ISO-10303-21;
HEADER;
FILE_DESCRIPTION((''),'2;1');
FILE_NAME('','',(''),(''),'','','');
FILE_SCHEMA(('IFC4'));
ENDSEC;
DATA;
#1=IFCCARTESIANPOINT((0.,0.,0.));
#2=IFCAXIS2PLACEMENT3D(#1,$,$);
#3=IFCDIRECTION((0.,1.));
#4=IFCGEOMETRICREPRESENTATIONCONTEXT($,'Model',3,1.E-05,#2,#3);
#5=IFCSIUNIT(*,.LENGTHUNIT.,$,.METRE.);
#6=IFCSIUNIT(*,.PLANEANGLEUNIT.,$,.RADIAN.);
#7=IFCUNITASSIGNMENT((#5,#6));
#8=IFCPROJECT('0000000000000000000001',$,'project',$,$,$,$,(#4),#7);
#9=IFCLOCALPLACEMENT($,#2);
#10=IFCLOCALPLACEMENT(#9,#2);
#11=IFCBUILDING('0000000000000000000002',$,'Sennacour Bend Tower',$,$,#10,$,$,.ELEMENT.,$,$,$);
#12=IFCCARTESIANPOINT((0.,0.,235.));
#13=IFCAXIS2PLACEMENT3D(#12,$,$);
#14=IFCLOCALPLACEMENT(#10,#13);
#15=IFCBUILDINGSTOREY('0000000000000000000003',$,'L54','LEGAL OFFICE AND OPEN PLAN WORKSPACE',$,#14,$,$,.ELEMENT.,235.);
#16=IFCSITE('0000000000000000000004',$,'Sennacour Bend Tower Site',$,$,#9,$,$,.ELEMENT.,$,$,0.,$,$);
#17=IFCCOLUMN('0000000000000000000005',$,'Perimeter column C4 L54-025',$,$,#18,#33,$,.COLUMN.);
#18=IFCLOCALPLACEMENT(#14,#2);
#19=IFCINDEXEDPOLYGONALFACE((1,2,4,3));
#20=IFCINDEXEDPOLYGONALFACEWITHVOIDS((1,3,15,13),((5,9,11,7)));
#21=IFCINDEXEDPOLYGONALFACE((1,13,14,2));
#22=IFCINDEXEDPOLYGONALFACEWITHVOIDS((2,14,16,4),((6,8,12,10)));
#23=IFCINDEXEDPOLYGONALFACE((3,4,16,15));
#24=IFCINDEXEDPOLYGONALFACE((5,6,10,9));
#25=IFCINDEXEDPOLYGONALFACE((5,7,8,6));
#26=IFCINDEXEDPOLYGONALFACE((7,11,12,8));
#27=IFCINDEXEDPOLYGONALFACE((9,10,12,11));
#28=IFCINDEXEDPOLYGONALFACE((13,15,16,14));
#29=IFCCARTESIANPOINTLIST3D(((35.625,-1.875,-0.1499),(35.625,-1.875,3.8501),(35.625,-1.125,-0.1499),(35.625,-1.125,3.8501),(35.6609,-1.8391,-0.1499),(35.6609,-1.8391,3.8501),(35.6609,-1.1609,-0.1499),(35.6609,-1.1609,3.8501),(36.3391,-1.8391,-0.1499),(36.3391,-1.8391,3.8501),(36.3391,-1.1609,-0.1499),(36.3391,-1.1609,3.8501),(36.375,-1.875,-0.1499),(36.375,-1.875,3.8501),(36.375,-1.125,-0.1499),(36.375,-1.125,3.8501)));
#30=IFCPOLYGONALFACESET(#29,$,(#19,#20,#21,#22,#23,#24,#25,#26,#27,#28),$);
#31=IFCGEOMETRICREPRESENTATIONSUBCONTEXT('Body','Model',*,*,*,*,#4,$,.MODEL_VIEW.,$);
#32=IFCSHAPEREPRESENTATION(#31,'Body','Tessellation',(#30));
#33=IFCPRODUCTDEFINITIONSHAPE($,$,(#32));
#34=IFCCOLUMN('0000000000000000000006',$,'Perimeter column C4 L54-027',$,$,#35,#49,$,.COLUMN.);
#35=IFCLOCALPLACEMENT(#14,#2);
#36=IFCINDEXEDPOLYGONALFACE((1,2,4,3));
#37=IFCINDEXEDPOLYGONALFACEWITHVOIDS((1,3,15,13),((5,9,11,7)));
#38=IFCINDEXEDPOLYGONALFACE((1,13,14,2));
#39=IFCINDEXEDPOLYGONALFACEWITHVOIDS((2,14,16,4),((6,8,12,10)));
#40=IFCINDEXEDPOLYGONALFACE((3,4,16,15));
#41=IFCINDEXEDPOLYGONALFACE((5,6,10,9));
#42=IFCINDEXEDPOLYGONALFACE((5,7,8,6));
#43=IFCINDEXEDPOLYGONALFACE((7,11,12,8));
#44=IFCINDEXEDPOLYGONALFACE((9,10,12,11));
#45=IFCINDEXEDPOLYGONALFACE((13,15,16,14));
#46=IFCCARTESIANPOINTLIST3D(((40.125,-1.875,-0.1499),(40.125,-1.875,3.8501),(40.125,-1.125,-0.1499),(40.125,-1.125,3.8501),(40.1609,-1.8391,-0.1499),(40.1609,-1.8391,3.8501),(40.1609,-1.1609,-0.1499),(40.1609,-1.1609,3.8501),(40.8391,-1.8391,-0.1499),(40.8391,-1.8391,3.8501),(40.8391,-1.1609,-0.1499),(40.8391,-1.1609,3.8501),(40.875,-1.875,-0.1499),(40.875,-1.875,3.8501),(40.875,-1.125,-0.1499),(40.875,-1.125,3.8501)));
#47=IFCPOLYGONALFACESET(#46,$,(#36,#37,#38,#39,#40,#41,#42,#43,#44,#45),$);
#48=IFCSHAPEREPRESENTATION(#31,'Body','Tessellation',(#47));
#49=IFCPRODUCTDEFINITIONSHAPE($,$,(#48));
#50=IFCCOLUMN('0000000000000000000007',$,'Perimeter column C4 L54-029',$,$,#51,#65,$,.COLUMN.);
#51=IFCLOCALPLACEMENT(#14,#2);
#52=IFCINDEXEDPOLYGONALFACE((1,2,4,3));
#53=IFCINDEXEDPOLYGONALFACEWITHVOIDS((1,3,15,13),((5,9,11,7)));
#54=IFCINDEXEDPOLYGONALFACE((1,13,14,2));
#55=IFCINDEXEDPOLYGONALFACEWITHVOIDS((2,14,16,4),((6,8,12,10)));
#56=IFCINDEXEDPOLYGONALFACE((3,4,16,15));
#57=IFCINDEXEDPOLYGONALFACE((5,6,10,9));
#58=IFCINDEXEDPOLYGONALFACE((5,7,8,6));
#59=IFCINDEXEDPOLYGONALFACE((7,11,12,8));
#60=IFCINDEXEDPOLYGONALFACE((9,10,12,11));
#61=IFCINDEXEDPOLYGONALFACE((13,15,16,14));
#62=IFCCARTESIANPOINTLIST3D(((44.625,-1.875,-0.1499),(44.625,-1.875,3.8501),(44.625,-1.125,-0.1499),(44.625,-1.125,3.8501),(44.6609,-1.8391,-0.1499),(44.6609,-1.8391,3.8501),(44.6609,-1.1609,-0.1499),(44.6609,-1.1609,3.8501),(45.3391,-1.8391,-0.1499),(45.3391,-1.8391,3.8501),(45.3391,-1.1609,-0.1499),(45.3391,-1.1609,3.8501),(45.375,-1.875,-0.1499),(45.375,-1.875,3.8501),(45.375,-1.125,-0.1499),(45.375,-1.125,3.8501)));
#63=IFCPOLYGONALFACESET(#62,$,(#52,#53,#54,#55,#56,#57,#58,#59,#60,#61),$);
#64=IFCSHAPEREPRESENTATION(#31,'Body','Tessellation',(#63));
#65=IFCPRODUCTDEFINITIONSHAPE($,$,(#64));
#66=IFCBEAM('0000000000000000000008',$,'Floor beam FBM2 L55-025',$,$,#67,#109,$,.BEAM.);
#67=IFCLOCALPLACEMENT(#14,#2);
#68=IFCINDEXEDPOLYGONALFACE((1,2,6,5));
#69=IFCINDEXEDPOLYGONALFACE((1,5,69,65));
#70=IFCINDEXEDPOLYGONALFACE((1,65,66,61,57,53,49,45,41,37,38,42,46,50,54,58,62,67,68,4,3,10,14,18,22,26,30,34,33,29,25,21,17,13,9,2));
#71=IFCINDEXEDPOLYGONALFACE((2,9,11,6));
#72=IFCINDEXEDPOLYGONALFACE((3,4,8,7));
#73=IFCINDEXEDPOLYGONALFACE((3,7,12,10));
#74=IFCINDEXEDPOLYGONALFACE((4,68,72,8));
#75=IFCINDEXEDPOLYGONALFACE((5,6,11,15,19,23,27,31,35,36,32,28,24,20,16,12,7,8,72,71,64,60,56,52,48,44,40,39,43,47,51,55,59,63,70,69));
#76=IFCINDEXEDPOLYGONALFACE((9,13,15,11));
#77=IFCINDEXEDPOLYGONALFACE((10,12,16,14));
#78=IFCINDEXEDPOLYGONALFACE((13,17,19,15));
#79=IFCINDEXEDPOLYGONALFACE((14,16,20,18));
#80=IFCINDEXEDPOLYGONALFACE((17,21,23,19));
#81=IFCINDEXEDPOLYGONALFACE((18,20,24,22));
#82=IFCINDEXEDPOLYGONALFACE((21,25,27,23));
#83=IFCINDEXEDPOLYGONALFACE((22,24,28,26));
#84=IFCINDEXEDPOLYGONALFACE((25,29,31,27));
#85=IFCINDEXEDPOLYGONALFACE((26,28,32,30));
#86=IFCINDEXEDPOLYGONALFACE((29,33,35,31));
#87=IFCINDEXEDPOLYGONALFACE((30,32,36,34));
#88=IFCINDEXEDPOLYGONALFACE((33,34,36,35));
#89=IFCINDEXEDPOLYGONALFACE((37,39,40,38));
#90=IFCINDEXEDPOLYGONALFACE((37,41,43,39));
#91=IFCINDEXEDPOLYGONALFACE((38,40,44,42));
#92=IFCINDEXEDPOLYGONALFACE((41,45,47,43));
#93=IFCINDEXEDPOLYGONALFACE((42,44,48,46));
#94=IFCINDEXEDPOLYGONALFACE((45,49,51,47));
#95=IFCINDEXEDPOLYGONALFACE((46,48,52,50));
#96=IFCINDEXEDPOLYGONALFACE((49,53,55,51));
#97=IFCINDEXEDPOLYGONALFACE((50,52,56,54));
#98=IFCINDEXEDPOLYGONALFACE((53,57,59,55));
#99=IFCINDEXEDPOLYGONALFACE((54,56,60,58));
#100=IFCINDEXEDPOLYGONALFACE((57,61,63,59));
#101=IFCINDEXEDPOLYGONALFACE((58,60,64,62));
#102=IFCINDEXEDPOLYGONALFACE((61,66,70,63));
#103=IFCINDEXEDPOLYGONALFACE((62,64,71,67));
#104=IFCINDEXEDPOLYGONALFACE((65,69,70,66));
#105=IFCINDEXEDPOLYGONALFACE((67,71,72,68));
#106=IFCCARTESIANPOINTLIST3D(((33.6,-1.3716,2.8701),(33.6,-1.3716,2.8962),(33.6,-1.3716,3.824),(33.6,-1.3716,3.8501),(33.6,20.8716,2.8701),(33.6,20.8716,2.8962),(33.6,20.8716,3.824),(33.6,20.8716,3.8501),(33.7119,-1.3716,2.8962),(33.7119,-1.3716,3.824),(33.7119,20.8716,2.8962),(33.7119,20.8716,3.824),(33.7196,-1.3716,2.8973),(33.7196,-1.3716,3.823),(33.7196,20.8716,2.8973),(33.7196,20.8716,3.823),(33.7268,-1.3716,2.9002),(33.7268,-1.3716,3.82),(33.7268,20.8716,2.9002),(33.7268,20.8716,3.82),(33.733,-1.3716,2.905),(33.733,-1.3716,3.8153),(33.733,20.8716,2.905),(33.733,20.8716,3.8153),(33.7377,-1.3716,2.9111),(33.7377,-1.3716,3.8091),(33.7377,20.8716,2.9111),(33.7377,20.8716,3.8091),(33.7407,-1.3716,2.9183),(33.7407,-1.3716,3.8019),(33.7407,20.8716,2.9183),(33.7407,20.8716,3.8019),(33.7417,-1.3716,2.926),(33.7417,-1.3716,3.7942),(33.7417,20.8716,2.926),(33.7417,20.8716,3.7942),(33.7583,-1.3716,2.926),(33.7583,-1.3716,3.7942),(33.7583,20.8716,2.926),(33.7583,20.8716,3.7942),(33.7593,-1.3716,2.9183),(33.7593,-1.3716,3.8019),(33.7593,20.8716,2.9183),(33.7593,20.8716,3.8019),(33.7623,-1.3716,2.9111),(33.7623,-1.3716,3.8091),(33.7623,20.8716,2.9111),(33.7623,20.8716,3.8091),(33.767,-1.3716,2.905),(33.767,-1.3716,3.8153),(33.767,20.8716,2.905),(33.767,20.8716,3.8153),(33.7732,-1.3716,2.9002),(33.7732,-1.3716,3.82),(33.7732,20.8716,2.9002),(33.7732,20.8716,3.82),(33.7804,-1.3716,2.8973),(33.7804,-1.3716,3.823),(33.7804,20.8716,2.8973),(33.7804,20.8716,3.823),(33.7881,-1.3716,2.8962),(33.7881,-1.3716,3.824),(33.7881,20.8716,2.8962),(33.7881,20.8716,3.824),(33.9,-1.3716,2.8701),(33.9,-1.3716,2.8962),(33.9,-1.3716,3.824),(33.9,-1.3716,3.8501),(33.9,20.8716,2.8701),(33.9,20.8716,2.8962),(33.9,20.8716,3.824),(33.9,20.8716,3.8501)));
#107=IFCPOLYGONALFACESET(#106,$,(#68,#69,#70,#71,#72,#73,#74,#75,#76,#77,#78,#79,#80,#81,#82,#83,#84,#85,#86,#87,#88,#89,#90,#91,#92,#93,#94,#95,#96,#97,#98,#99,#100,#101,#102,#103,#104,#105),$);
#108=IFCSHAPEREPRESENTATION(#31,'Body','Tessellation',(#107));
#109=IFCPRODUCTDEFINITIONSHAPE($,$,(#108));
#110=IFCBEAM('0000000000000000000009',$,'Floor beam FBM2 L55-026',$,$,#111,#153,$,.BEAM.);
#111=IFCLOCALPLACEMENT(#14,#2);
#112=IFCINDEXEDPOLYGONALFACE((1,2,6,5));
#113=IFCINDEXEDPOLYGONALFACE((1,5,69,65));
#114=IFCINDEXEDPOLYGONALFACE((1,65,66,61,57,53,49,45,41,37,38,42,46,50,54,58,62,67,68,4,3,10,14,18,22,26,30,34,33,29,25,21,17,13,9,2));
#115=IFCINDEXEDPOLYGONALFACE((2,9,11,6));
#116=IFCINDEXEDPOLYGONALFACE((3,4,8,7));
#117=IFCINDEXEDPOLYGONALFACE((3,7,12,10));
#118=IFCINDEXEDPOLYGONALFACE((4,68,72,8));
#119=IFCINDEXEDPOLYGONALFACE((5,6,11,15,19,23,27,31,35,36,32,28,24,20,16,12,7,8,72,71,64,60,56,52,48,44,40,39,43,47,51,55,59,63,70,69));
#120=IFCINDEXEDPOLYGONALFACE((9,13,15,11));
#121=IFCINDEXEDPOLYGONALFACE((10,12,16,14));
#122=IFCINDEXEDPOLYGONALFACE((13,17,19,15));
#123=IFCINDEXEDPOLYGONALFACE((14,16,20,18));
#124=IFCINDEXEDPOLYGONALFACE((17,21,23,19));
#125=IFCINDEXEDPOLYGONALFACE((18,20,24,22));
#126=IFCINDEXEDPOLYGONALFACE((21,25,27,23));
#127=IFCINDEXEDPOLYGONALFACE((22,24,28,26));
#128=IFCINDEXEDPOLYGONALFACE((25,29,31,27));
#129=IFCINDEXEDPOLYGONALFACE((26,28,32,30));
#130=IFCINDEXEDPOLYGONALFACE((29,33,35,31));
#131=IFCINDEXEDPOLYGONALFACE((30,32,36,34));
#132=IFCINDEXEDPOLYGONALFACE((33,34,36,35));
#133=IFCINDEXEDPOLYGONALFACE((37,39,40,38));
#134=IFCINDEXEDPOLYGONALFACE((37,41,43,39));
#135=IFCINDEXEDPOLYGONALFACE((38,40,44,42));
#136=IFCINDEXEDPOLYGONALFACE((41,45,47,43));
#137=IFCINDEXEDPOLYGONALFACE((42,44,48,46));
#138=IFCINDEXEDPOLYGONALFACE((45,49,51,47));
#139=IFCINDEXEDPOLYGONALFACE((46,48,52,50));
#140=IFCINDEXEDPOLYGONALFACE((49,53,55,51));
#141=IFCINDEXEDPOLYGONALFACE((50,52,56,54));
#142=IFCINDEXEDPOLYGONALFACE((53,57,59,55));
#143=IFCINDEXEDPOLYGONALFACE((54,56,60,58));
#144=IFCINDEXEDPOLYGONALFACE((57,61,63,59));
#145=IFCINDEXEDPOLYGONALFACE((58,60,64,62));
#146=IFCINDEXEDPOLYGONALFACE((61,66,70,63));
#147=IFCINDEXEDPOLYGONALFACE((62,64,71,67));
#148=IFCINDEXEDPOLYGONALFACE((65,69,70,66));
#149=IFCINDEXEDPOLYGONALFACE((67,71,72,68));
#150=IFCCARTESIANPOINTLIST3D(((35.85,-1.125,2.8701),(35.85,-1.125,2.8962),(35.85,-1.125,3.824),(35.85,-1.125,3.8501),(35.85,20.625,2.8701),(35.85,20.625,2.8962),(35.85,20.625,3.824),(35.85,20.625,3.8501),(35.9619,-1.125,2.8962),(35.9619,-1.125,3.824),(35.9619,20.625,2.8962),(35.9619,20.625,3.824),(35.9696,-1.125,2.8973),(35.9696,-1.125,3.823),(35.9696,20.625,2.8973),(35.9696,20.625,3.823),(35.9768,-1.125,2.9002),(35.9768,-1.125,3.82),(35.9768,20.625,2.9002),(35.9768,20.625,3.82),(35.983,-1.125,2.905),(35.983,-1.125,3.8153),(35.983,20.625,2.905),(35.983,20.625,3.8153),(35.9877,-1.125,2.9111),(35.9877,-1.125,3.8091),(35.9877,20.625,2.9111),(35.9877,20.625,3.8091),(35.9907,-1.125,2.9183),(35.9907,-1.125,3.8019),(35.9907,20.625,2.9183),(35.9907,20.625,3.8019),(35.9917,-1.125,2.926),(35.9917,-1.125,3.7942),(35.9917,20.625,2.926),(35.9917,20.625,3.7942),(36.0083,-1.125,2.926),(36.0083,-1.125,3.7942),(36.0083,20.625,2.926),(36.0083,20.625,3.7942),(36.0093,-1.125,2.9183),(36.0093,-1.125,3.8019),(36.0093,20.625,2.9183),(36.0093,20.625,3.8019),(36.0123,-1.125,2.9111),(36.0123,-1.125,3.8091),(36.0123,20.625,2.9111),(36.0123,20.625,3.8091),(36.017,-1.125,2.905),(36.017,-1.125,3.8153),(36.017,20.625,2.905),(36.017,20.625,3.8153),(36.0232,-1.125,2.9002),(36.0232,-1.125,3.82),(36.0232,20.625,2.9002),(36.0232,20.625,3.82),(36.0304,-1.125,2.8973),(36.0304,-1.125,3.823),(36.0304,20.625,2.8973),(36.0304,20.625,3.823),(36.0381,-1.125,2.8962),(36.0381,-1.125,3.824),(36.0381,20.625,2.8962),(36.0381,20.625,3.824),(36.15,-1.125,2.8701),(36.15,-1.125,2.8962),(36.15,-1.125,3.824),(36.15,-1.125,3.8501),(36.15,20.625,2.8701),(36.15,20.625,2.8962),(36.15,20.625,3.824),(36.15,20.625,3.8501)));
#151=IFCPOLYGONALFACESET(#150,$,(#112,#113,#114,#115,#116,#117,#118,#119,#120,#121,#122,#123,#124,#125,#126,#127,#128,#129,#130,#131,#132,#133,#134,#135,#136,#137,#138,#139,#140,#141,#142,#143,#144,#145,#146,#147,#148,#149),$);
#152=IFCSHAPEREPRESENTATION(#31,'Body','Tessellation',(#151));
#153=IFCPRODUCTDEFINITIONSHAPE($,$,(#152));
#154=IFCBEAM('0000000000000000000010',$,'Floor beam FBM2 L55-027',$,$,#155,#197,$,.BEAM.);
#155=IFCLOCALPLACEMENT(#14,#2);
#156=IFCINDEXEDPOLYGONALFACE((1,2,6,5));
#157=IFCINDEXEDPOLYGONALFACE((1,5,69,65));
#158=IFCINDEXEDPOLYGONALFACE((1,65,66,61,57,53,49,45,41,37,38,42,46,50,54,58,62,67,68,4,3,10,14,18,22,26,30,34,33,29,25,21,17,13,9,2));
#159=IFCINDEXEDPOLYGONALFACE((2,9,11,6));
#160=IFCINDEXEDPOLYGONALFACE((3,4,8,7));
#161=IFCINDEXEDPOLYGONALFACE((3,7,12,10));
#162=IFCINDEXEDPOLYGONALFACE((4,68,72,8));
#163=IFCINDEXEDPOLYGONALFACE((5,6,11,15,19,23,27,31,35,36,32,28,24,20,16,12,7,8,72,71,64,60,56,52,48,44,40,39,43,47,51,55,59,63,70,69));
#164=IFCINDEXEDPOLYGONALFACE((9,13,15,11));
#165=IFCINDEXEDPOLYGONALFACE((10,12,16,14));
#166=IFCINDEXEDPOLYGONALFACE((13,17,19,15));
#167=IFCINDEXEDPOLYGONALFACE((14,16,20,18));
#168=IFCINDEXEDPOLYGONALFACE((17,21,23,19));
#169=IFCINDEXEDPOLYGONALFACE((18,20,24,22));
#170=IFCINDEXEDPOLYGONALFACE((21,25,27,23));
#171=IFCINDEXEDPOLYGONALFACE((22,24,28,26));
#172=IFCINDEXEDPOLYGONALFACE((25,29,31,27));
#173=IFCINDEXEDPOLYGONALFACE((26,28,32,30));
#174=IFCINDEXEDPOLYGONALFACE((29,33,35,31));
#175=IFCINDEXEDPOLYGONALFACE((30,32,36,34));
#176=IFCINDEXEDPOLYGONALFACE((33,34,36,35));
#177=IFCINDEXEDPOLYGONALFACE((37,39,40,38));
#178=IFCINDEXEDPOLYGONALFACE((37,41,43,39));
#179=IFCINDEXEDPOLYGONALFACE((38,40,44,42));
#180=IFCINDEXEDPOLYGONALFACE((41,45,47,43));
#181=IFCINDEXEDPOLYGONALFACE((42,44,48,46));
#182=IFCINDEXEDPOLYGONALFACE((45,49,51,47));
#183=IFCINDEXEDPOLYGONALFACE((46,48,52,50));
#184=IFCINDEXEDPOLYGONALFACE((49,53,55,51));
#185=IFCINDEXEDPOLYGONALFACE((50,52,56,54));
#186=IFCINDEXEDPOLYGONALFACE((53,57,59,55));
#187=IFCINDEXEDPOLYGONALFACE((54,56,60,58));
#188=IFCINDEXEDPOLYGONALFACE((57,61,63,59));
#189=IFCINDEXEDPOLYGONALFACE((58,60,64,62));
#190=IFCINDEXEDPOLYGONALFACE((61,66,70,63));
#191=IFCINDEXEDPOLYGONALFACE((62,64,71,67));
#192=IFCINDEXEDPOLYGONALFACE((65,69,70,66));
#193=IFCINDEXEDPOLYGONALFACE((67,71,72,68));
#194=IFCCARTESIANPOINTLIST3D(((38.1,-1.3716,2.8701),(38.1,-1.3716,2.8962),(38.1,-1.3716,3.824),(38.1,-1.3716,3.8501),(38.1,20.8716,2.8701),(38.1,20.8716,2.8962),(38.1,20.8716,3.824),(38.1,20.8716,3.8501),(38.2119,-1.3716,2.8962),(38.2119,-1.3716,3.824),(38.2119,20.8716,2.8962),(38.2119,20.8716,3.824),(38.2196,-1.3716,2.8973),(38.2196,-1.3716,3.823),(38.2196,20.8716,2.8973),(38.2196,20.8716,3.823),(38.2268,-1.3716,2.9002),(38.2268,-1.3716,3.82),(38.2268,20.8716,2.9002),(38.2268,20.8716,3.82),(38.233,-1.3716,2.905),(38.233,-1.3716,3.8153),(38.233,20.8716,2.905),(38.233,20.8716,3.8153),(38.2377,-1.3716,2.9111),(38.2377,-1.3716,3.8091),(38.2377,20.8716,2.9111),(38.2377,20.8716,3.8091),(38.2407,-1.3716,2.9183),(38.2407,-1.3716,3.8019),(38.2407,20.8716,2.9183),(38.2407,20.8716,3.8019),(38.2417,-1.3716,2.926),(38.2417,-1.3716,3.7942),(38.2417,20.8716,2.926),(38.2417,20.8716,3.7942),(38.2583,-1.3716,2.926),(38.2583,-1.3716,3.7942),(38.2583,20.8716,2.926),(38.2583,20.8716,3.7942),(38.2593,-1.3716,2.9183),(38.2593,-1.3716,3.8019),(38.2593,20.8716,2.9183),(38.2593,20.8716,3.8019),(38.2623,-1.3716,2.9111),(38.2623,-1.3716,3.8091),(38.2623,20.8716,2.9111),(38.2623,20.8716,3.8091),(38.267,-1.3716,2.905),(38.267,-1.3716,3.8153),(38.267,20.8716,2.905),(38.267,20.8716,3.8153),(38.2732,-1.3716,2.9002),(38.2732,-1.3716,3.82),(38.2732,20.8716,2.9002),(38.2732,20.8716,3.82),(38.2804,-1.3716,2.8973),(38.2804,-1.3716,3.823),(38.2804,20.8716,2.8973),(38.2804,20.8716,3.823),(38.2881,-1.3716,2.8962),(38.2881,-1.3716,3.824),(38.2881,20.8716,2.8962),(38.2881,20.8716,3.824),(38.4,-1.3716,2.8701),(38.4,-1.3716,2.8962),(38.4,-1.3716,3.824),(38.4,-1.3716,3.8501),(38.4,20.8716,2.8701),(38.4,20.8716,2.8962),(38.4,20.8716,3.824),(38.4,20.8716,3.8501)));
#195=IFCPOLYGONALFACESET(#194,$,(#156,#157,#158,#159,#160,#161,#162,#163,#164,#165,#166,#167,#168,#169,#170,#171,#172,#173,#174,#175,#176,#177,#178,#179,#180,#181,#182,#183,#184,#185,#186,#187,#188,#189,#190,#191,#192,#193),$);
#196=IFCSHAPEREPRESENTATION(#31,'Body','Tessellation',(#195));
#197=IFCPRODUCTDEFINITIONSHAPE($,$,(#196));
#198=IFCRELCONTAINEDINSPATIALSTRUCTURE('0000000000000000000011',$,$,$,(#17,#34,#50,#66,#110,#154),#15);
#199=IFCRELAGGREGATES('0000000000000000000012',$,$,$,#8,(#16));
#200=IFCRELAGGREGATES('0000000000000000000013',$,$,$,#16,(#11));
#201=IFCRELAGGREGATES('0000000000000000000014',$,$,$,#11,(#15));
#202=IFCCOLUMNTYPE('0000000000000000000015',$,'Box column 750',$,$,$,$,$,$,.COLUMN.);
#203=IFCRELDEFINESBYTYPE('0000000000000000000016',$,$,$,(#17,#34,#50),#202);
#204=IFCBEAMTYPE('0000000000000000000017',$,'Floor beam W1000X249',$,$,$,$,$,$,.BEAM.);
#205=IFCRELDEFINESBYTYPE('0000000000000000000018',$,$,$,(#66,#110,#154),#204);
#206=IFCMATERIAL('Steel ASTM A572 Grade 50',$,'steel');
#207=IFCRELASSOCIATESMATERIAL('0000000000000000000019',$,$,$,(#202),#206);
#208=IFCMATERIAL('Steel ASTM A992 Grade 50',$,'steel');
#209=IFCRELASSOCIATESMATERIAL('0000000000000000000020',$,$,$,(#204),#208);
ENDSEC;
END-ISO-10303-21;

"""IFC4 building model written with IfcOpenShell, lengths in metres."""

from ifc_helpers import new_model, si_unit, direction, frame, origin, origin_2d, place, context, subcontext, project, spatial, hollow_rectangle, i_section, extrude, material, material_profile, profile_set, type_object, element, save


model = new_model("IFC4")

# Units and contexts
model_context = context("Model", 3, precision=1e-05, world=origin(), true_north=direction((0.0, 1.0)))
body_context = subcontext(model_context, "Body", "Model", "MODEL_VIEW")
ifc_project = project(units=[si_unit("LENGTHUNIT", "METRE"), si_unit("PLANEANGLEUNIT", "RADIAN")], contexts=[model_context])

# Site, building, storey
site_placement = place(None, origin())
site = spatial("IfcSite", under=ifc_project, at=site_placement, Name="Sennacour Bend Tower Site", CompositionType="ELEMENT", RefElevation=0.0)
building_placement = place(site_placement, origin())
building = spatial("IfcBuilding", under=site, at=building_placement, Name="Sennacour Bend Tower", CompositionType="ELEMENT")
storey_placement = place(building_placement, frame((0.0, 0.0, 235.0)))
storey = spatial("IfcBuildingStorey", under=building, at=storey_placement, Name="L54", Description="LEGAL OFFICE AND OPEN PLAN WORKSPACE", CompositionType="ELEMENT", Elevation=235.0)

# Columns
ifc_material_1 = material(Name="Steel ASTM A572 Grade 50", Category="steel")
ifc_material_profile_1 = material_profile(ifc_material_1, hollow_rectangle(XDim=0.75, YDim=0.75, WallThickness=0.0359, at=origin_2d()), Name="Steel ASTM A572 Grade 50", Category="steel")
ifc_profile_set_1 = profile_set([ifc_material_profile_1], Name="Steel ASTM A572 Grade 50")
column_type = type_object("IfcColumnType", Name="Box column 750", PredefinedType="COLUMN", material=ifc_profile_set_1)
for number, where, z_axis, x_axis, name in (
    (1, (36.0, -1.5, -0.1499), (0.0, 0.0, 1.0), (1.0, 0.0, 0.0), "Perimeter column C4 L54-025"),
    (2, (40.5, -1.5, -0.1499), (0.0, 0.0, 1.0), (1.0, 0.0, 0.0), "Perimeter column C4 L54-027"),
    (3, (45.0, -1.5, -0.1499), (0.0, 0.0, 1.0), (1.0, 0.0, 0.0), "Perimeter column C4 L54-029"),
):
    element("IfcColumn", number, at=place(storey_placement, frame(where, z_axis=z_axis, x_axis=x_axis)), inside=storey, type_object=column_type, Name=name, PredefinedType="COLUMN", context=body_context, shape_type="SweptSolid", body=[
        extrude(hollow_rectangle(XDim=0.75, YDim=0.75, WallThickness=0.0359, at=origin_2d()), origin(), (0.0, 0.0, 1.0), 4.0),
    ])

# Beams
ifc_material_2 = material(Name="Steel ASTM A992 Grade 50", Category="steel")
ifc_material_profile_2 = material_profile(ifc_material_2, i_section(OverallWidth=0.3, OverallDepth=0.98, WebThickness=0.0166, FlangeThickness=0.0261, FilletRadius=0.0298, at=origin_2d()), Name="Steel ASTM A992 Grade 50", Category="steel")
ifc_profile_set_2 = profile_set([ifc_material_profile_2], Name="Steel ASTM A992 Grade 50")
beam_type_1 = type_object("IfcBeamType", Name="Floor beam W1000X249", PredefinedType="BEAM", material=ifc_profile_set_2)
beam_1_placement = place(storey_placement, frame((33.75, -1.3716, 3.3601), z_axis=(0.0, 1.0, 0.0), x_axis=(-1.0, 0.0, 0.0)))
element("IfcBeam", 4, at=beam_1_placement, inside=storey, type_object=beam_type_1, Name="Floor beam FBM2 L55-025", PredefinedType="BEAM", context=body_context, shape_type="SweptSolid", body=[
    extrude(i_section(OverallWidth=0.3, OverallDepth=0.98, WebThickness=0.0166, FlangeThickness=0.0261, FilletRadius=0.0298, at=origin_2d()), origin(), (0.0, 0.0, 1.0), 22.2432),
])
beam_2_placement = place(storey_placement, frame((36.0, -1.125, 3.3601), z_axis=(0.0, 1.0, 0.0), x_axis=(-1.0, 0.0, 0.0)))
element("IfcBeam", 5, at=beam_2_placement, inside=storey, type_object=beam_type_1, Name="Floor beam FBM2 L55-026", PredefinedType="BEAM", context=body_context, shape_type="SweptSolid", body=[
    extrude(i_section(OverallWidth=0.3, OverallDepth=0.98, WebThickness=0.0166, FlangeThickness=0.0261, FilletRadius=0.0298, at=origin_2d()), origin(), (0.0, 0.0, 1.0), 21.75),
])
beam_3_placement = place(storey_placement, frame((38.25, -1.3716, 3.3601), z_axis=(0.0, 1.0, 0.0), x_axis=(-1.0, 0.0, 0.0)))
element("IfcBeam", 6, at=beam_3_placement, inside=storey, type_object=beam_type_1, Name="Floor beam FBM2 L55-027", PredefinedType="BEAM", context=body_context, shape_type="SweptSolid", body=[
    extrude(i_section(OverallWidth=0.3, OverallDepth=0.98, WebThickness=0.0166, FlangeThickness=0.0261, FilletRadius=0.0298, at=origin_2d()), origin(), (0.0, 0.0, 1.0), 22.2432),
])

save(model, "model.ifc")
